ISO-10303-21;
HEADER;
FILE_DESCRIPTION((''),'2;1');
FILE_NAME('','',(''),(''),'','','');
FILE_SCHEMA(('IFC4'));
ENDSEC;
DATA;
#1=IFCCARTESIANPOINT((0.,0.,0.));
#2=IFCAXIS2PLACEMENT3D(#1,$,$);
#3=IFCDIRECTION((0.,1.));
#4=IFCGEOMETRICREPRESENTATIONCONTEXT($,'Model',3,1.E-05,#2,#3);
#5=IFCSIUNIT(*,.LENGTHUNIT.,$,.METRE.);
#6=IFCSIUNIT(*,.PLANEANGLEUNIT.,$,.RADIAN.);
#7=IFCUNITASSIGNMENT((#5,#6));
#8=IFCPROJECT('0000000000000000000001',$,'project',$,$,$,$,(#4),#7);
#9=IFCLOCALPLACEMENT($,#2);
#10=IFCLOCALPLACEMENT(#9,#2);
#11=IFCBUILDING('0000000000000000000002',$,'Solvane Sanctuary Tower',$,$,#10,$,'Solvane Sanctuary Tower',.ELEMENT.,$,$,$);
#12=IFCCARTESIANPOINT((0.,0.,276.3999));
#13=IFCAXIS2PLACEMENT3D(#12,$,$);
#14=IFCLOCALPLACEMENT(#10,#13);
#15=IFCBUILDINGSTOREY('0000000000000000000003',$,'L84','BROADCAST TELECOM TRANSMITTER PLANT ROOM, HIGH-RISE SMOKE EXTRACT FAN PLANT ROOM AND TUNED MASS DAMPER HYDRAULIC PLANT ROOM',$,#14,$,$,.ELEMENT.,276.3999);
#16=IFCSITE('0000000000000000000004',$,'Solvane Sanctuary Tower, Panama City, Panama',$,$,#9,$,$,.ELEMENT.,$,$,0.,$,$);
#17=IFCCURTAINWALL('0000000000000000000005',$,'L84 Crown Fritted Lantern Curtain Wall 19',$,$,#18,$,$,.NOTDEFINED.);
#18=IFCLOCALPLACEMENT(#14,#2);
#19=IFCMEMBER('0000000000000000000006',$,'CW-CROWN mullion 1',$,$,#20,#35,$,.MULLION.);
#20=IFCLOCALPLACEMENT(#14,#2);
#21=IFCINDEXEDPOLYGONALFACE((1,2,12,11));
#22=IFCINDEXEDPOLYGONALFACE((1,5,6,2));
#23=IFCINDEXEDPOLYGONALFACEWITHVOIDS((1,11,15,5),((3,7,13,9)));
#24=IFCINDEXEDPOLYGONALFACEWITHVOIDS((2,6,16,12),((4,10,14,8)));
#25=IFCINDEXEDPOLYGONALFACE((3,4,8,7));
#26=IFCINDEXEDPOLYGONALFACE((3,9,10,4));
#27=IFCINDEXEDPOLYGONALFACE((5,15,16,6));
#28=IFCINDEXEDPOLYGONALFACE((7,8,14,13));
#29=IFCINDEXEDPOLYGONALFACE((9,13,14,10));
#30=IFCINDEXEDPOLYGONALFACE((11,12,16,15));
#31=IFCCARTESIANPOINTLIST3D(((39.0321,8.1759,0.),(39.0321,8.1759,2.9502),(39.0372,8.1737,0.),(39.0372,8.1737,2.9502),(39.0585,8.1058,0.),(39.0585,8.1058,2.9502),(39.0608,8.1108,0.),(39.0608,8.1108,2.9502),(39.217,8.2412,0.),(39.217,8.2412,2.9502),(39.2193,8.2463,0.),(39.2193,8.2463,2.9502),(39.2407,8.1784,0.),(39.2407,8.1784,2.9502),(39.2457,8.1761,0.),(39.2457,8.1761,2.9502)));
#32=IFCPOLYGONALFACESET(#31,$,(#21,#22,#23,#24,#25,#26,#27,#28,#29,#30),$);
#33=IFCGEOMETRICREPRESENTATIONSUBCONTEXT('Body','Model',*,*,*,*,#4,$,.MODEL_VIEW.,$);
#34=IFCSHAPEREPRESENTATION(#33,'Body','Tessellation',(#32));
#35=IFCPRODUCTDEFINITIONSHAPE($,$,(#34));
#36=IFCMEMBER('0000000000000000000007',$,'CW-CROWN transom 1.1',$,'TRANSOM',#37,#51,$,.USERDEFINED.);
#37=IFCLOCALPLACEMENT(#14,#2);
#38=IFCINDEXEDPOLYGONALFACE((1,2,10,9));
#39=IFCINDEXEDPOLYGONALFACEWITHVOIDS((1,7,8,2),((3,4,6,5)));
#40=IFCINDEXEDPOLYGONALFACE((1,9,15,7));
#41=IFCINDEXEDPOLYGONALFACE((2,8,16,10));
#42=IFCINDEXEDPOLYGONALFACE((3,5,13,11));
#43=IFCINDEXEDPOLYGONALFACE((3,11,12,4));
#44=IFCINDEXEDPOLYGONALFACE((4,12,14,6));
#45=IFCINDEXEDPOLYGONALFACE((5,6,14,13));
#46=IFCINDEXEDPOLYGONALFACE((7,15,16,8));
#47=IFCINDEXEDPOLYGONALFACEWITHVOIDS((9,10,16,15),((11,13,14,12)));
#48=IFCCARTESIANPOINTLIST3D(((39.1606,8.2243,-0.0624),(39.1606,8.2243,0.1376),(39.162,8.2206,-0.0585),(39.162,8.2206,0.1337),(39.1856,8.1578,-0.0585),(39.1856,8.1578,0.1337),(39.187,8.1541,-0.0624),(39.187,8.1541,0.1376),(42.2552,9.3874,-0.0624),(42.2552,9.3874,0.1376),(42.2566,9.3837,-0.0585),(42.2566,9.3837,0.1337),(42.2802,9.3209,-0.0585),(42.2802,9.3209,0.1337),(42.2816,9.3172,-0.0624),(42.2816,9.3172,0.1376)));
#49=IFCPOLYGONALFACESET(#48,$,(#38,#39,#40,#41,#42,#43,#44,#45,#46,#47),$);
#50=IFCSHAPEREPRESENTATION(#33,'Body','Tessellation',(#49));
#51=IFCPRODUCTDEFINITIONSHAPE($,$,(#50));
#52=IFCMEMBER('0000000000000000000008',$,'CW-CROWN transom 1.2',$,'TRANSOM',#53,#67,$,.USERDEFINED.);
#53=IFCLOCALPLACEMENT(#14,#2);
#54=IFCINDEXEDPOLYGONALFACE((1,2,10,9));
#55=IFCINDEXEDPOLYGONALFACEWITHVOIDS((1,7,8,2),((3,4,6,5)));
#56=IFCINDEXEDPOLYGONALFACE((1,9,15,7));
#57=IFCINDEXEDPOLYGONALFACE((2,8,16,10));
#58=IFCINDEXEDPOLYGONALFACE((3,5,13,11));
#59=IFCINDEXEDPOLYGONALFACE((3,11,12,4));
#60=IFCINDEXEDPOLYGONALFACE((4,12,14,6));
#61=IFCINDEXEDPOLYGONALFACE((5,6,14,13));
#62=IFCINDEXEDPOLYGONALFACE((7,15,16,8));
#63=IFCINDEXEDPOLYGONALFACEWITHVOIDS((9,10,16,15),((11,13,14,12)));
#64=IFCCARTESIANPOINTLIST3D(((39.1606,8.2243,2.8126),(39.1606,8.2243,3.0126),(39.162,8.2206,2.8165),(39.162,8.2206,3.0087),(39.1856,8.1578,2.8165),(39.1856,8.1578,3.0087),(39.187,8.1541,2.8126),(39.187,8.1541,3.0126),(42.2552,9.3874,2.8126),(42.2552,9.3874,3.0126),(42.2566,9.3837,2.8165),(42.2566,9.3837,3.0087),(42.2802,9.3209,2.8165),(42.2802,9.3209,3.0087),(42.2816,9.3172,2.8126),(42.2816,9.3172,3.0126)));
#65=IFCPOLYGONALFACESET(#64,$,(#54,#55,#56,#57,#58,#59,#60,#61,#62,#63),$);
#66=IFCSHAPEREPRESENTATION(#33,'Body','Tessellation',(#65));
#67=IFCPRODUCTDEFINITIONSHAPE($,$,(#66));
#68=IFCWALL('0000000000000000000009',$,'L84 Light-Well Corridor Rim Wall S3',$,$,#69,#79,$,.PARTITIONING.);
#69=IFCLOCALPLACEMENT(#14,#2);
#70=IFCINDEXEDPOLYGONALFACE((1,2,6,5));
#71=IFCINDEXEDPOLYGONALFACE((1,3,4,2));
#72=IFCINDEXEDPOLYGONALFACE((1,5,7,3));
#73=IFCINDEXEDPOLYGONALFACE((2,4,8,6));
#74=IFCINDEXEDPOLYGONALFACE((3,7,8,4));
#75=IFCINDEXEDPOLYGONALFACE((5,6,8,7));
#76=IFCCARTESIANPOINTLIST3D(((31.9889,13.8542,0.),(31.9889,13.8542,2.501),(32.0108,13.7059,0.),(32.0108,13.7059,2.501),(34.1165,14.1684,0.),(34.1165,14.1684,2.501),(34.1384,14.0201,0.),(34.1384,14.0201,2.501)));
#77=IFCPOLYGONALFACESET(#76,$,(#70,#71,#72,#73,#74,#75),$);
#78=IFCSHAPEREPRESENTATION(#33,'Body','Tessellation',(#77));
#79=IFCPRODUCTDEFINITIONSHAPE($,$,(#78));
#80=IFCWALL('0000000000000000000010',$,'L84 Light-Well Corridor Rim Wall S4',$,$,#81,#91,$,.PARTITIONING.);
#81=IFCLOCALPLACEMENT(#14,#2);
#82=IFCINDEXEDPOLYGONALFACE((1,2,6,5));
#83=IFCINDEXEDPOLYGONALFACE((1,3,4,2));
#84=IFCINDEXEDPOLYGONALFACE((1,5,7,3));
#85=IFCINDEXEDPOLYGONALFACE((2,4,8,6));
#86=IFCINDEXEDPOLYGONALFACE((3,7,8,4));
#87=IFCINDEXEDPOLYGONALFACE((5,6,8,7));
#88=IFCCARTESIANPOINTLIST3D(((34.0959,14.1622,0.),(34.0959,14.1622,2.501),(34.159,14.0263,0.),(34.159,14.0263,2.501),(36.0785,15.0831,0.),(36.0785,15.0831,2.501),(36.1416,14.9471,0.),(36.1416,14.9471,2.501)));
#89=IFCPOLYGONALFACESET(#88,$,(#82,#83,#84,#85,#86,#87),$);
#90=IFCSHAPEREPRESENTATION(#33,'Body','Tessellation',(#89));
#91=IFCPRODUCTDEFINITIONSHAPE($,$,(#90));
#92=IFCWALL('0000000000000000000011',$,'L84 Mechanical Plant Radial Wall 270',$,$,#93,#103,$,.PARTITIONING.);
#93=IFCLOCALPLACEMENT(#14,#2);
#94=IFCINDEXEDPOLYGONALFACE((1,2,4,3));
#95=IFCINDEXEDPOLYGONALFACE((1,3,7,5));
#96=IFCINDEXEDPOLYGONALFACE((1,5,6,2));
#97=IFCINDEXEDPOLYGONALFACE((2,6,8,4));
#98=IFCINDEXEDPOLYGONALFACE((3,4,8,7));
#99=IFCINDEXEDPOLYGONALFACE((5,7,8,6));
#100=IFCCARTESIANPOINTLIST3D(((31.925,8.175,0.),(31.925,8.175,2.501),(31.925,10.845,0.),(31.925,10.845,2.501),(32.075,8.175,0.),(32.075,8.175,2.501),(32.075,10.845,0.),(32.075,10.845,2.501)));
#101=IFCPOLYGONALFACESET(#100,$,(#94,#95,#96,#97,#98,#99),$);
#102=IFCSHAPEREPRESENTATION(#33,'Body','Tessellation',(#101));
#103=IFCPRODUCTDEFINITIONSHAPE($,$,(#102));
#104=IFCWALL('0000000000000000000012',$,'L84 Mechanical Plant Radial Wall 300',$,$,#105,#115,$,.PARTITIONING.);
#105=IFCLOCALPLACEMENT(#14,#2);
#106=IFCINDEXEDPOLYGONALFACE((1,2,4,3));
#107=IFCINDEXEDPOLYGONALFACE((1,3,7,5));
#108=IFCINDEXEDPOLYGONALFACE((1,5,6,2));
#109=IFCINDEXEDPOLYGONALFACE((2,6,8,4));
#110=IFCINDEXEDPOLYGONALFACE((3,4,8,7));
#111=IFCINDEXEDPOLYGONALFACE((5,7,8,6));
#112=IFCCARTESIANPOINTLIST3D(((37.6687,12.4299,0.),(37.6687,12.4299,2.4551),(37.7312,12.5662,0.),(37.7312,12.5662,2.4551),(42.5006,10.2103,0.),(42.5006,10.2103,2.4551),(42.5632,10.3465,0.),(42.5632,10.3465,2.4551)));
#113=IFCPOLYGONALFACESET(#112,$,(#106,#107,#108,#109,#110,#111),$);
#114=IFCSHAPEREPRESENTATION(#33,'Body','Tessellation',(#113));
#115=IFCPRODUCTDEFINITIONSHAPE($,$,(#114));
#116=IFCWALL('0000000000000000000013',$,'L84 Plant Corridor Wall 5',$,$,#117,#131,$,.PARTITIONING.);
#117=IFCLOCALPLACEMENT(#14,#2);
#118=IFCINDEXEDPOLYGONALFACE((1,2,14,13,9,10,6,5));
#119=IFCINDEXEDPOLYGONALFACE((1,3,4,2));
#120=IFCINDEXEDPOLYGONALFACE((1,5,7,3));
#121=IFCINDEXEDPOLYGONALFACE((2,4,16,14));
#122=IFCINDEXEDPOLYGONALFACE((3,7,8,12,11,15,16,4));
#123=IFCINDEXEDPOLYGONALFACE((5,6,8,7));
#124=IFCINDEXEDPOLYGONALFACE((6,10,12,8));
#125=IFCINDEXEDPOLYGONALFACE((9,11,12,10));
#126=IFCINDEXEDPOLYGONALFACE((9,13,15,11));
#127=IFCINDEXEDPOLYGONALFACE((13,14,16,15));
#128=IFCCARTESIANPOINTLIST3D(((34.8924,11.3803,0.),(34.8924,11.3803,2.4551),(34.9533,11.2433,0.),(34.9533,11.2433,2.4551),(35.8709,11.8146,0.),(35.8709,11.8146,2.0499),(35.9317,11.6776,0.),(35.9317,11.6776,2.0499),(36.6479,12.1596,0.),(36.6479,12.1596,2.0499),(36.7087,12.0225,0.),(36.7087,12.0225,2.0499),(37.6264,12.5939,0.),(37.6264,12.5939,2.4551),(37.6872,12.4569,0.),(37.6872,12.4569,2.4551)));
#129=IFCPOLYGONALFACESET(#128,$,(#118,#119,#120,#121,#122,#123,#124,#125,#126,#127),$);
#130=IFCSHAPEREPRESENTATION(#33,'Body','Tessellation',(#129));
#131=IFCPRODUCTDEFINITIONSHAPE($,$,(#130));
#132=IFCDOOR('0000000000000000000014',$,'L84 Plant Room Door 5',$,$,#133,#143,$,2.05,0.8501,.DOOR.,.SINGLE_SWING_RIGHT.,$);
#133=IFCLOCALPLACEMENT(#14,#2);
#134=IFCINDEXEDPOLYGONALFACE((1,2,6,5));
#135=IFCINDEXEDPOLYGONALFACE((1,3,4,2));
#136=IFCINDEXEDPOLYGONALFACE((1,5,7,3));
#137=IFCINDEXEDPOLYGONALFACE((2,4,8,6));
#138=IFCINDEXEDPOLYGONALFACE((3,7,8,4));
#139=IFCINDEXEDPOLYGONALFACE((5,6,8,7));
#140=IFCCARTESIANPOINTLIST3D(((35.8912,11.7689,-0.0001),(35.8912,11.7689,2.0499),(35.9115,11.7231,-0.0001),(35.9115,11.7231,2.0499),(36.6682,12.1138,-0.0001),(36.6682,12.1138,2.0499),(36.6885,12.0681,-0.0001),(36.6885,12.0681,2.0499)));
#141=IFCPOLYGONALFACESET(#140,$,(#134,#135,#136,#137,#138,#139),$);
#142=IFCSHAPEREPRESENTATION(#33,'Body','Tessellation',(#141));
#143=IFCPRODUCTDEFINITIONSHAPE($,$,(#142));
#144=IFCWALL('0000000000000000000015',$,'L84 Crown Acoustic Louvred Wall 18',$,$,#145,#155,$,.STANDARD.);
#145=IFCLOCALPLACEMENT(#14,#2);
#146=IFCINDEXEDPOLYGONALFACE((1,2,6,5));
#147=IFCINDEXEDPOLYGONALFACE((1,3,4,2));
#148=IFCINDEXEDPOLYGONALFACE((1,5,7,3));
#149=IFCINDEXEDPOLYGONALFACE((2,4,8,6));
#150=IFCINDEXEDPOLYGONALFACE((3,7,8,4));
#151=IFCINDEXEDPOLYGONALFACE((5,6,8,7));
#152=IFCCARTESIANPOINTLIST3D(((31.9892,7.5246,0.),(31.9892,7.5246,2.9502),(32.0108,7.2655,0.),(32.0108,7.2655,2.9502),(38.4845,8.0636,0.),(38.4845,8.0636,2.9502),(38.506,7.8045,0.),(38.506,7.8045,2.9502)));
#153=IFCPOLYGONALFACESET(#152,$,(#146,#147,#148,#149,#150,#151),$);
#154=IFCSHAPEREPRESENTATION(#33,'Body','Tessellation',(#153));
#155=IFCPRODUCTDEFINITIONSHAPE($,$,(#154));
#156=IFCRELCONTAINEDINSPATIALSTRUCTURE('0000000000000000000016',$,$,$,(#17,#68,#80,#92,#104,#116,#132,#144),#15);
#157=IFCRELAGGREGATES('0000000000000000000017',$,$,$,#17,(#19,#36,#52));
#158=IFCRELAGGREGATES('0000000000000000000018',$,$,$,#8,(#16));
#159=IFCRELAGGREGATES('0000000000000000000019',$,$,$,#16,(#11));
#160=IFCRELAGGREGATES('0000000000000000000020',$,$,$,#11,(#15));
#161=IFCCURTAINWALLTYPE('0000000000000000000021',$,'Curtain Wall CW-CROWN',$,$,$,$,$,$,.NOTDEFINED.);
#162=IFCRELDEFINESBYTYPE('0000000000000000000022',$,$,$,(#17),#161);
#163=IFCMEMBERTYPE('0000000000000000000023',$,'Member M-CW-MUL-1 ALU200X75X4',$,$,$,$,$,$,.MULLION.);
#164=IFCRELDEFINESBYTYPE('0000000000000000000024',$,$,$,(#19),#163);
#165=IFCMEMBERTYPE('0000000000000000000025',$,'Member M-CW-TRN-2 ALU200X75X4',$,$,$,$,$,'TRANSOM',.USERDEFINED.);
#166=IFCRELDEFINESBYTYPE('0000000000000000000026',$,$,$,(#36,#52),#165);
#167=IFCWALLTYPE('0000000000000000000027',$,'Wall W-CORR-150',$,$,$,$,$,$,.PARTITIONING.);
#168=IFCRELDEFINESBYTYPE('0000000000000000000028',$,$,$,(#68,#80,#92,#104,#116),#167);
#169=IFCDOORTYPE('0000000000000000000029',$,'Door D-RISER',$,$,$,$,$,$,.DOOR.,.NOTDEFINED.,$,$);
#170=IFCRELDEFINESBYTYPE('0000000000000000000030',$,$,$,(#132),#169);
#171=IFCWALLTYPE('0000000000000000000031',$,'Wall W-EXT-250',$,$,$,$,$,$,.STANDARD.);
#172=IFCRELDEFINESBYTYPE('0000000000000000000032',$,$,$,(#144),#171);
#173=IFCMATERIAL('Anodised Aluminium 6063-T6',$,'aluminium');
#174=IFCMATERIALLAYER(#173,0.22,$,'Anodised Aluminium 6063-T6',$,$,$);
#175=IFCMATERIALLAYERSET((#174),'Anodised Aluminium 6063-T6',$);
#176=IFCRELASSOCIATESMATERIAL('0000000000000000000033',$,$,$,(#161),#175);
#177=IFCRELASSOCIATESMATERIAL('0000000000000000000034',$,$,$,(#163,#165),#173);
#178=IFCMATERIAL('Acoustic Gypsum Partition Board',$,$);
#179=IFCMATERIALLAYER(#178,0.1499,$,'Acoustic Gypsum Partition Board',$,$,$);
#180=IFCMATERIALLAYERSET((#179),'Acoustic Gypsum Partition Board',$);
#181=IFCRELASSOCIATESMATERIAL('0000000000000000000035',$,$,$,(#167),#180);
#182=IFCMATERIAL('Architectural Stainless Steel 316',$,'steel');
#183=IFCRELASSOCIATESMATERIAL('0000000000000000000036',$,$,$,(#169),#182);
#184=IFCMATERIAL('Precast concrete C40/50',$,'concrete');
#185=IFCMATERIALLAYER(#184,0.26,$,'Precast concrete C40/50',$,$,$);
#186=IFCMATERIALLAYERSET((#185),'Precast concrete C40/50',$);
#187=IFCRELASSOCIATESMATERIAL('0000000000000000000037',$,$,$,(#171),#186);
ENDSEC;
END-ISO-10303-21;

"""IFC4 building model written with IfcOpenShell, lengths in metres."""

from ifc_helpers import new_model, si_unit, direction, frame, frame_2d, origin, origin_2d, place, context, subcontext, project, spatial, rectangle, hollow_rectangle, extrude, material, layer, layer_set, material_profile, profile_set, type_object, element, fill, aggregate, save


model = new_model("IFC4")

# Units and contexts
model_context = context("Model", 3, precision=1e-05, world=origin(), true_north=direction((0.0, 1.0)))
body_context = subcontext(model_context, "Body", "Model", "MODEL_VIEW")
ifc_project = project(units=[si_unit("LENGTHUNIT", "METRE"), si_unit("PLANEANGLEUNIT", "RADIAN")], contexts=[model_context])

# Site, building, storey
site_placement = place(None, origin())
site = spatial("IfcSite", under=ifc_project, at=site_placement, Name="Solvane Sanctuary Tower, Panama City, Panama", CompositionType="ELEMENT", RefElevation=0.0)
building_placement = place(site_placement, origin())
building = spatial("IfcBuilding", under=site, at=building_placement, Name="Solvane Sanctuary Tower", LongName="Solvane Sanctuary Tower", CompositionType="ELEMENT")
storey_placement = place(building_placement, frame((0.0, 0.0, 276.3999)))
storey = spatial("IfcBuildingStorey", under=building, at=storey_placement, Name="L84", Description="BROADCAST TELECOM TRANSMITTER PLANT ROOM, HIGH-RISE SMOKE EXTRACT FAN PLANT ROOM AND TUNED MASS DAMPER HYDRAULIC PLANT ROOM", CompositionType="ELEMENT", Elevation=276.3999)

# Curtain wall, members
ifc_material_1 = material(Name="Anodised Aluminium 6063-T6", Category="aluminium")
ifc_layer_1 = layer(ifc_material_1, 0.22, Name="Anodised Aluminium 6063-T6")
ifc_layer_set_1 = layer_set([ifc_layer_1], Name="Anodised Aluminium 6063-T6")
curtain_wall_type = type_object("IfcCurtainWallType", Name="Curtain Wall CW-CROWN", PredefinedType="NOTDEFINED", material=ifc_layer_set_1)
curtain_wall_placement = place(storey_placement, origin())
curtain_wall = element("IfcCurtainWall", 1, at=curtain_wall_placement, inside=storey, type_object=curtain_wall_type, Name="L84 Crown Fritted Lantern Curtain Wall 19", PredefinedType="NOTDEFINED")
ifc_material_profile_1 = material_profile(ifc_material_1, hollow_rectangle(XDim=0.075, YDim=0.2, WallThickness=0.0039, at=origin_2d()), Name="ALU200X75X4")
ifc_profile_set_1 = profile_set([ifc_material_profile_1], Name="Anodised Aluminium 6063-T6")
member_type_1 = type_object("IfcMemberType", Name="Member M-CW-MUL-1 ALU200X75X4", PredefinedType="MULLION", material=ifc_profile_set_1)
member_1_placement = place(storey_placement, frame((39.1389, 8.176, 0.0), z_axis=(0.0, 0.0, 1.0), x_axis=(-0.351811, 0.936071, 0.0)))
member_1 = element("IfcMember", 2, at=member_1_placement, type_object=member_type_1, Name="CW-CROWN mullion 1", PredefinedType="MULLION", context=body_context, shape_type="SweptSolid", body=[
    extrude(hollow_rectangle(XDim=0.075, YDim=0.2, WallThickness=0.0039, at=origin_2d()), origin(), (0.0, 0.0, 1.0), 2.9502),
])
ifc_material_profile_2 = material_profile(ifc_material_1, hollow_rectangle(XDim=0.075, YDim=0.2, WallThickness=0.0039, at=origin_2d()), Name="ALU200X75X4")
ifc_profile_set_2 = profile_set([ifc_material_profile_2], Name="Anodised Aluminium 6063-T6")
member_type_2 = type_object("IfcMemberType", Name="Member M-CW-TRN-2 ALU200X75X4", ElementType="TRANSOM", PredefinedType="USERDEFINED", material=ifc_profile_set_2)
member_2_placement = place(storey_placement, frame((39.1738, 8.1892, 0.0376), z_axis=(0.936065, 0.351827, 0.0), x_axis=(-0.351827, 0.936065, 0.0)))
member_2 = element("IfcMember", 3, at=member_2_placement, type_object=member_type_2, Name="CW-CROWN transom 1.1", ObjectType="TRANSOM", PredefinedType="USERDEFINED", context=body_context, shape_type="SweptSolid", body=[
    extrude(hollow_rectangle(XDim=0.075, YDim=0.2, WallThickness=0.0039, at=origin_2d()), origin(), (0.0, 0.0, 1.0), 3.3059),
])
member_3_placement = place(storey_placement, frame((39.1738, 8.1892, 2.9126), z_axis=(0.936065, 0.351827, 0.0), x_axis=(-0.351827, 0.936065, 0.0)))
member_3 = element("IfcMember", 4, at=member_3_placement, type_object=member_type_2, Name="CW-CROWN transom 1.2", ObjectType="TRANSOM", PredefinedType="USERDEFINED", context=body_context, shape_type="SweptSolid", body=[
    extrude(hollow_rectangle(XDim=0.075, YDim=0.2, WallThickness=0.0039, at=origin_2d()), origin(), (0.0, 0.0, 1.0), 3.3059),
])
aggregate(curtain_wall, [member_1, member_2, member_3])

# Walls
ifc_material_2 = material(Name="Acoustic Gypsum Partition Board")
ifc_layer_2 = layer(ifc_material_2, 0.1499, Name="Acoustic Gypsum Partition Board")
ifc_layer_set_2 = layer_set([ifc_layer_2], Name="Acoustic Gypsum Partition Board")
wall_type_1 = type_object("IfcWallType", Name="Wall W-CORR-150", PredefinedType="PARTITIONING", material=ifc_layer_set_2)
wall_1_placement = place(storey_placement, frame((32.0, 13.78, 0.0), z_axis=(0.0, 0.0, 1.0), x_axis=(0.989269, 0.146108, 0.0)))
element("IfcWall", 5, at=wall_1_placement, inside=storey, type_object=wall_type_1, Name="L84 Light-Well Corridor Rim Wall S3", PredefinedType="PARTITIONING", context=body_context, shape_type="SweptSolid", body=[
    extrude(rectangle(XDim=2.1506, YDim=0.1499, at=frame_2d((1.0752, 0.0))), origin(), (0.0, 0.0, 1.0), 2.501),
])
wall_2_placement = place(storey_placement, frame((34.1274, 14.0942, 0.0), z_axis=(0.0, 0.0, 1.0), x_axis=(0.906943, 0.421252, 0.0)))
element("IfcWall", 6, at=wall_2_placement, inside=storey, type_object=wall_type_1, Name="L84 Light-Well Corridor Rim Wall S4", PredefinedType="PARTITIONING", context=body_context, shape_type="SweptSolid", body=[
    extrude(rectangle(XDim=2.186, YDim=0.1499, at=frame_2d((1.093, 0.0))), origin(), (0.0, 0.0, 1.0), 2.501),
])
wall_3_placement = place(storey_placement, frame((32.0, 10.845, 0.0), z_axis=(0.0, 0.0, 1.0), x_axis=(0.0, -1.0, 0.0)))
element("IfcWall", 7, at=wall_3_placement, inside=storey, type_object=wall_type_1, Name="L84 Mechanical Plant Radial Wall 270", PredefinedType="PARTITIONING", context=body_context, shape_type="SweptSolid", body=[
    extrude(rectangle(XDim=2.6699, YDim=0.1499, at=frame_2d((1.335, 0.0))), origin(), (0.0, 0.0, 1.0), 2.501),
])
wall_4_placement = place(storey_placement, frame((37.7, 12.498, 0.0), z_axis=(0.0, 0.0, 1.0), x_axis=(0.908705, -0.417439, 0.0)))
element("IfcWall", 8, at=wall_4_placement, inside=storey, type_object=wall_type_1, Name="L84 Mechanical Plant Radial Wall 300", PredefinedType="PARTITIONING", context=body_context, shape_type="SweptSolid", body=[
    extrude(rectangle(XDim=5.3174, YDim=0.1499, at=frame_2d((2.6587, 0.0))), origin(), (0.0, 0.0, 1.0), 2.4551),
])

# Wall, opening, door
wall_5_placement = place(storey_placement, frame((34.9229, 11.3118, 0.0), z_axis=(0.0, 0.0, 1.0), x_axis=(0.91399, 0.405737, 0.0)))
wall_5 = element("IfcWall", 9, at=wall_5_placement, inside=storey, type_object=wall_type_1, Name="L84 Plant Corridor Wall 5", PredefinedType="PARTITIONING", context=body_context, shape_type="SweptSolid", body=[
    extrude(rectangle(XDim=2.9912, YDim=0.1499, at=frame_2d((1.4956, 0.0))), origin(), (0.0, 0.0, 1.0), 2.4551),
])
opening_placement = place(wall_5_placement, frame((1.0706, 0.0, 0.0)))
opening = element("IfcOpeningElement", 10, at=opening_placement, cuts=wall_5, PredefinedType="OPENING", context=body_context, shape_type="SweptSolid", body=[
    extrude(rectangle(XDim=0.8501, YDim=2.05, at=frame_2d((0.425, 1.0249))), frame((0.0, 0.085, 0.0), z_axis=(0.0, -1.0, 0.0), x_axis=(1.0, 0.0, 0.0)), (0.0, 0.0, 1.0), 0.1699),
])
ifc_material_3 = material(Name="Architectural Stainless Steel 316", Category="steel")
door_type = type_object("IfcDoorType", Name="Door D-RISER", OperationType="NOTDEFINED", PredefinedType="DOOR", material=ifc_material_3)
door_placement = place(opening_placement, origin())
door = element("IfcDoor", 11, at=door_placement, inside=storey, type_object=door_type, Name="L84 Plant Room Door 5", OperationType="SINGLE_SWING_RIGHT", OverallHeight=2.05, OverallWidth=0.8501, PredefinedType="DOOR", context=body_context, shape_type="SweptSolid", body=[
    extrude(rectangle(XDim=0.8501, YDim=2.05, at=frame_2d((0.425, 1.0249))), frame((0.0, 0.0249, 0.0), z_axis=(0.0, -1.0, 0.0), x_axis=(1.0, 0.0, 0.0)), (0.0, 0.0, 1.0), 0.05),
])
fill(opening, door)

# Wall
ifc_material_4 = material(Name="Precast concrete C40/50", Category="concrete")
ifc_layer_3 = layer(ifc_material_4, 0.26, Name="Precast concrete C40/50")
ifc_layer_set_3 = layer_set([ifc_layer_3], Name="Precast concrete C40/50")
wall_type_2 = type_object("IfcWallType", Name="Wall W-EXT-250", PredefinedType="STANDARD", material=ifc_layer_set_3)
wall_6_placement = place(storey_placement, frame((32.0, 7.395, 0.0), z_axis=(0.0, 0.0, 1.0), x_axis=(0.996574, 0.082708, 0.0)))
element("IfcWall", 12, at=wall_6_placement, inside=storey, type_object=wall_type_2, Name="L84 Crown Acoustic Louvred Wall 18", PredefinedType="STANDARD", context=body_context, shape_type="SweptSolid", body=[
    extrude(rectangle(XDim=6.5176, YDim=0.26, at=frame_2d((3.2588, 0.0))), origin(), (0.0, 0.0, 1.0), 2.9502),
])

save(model, "model.ifc")
